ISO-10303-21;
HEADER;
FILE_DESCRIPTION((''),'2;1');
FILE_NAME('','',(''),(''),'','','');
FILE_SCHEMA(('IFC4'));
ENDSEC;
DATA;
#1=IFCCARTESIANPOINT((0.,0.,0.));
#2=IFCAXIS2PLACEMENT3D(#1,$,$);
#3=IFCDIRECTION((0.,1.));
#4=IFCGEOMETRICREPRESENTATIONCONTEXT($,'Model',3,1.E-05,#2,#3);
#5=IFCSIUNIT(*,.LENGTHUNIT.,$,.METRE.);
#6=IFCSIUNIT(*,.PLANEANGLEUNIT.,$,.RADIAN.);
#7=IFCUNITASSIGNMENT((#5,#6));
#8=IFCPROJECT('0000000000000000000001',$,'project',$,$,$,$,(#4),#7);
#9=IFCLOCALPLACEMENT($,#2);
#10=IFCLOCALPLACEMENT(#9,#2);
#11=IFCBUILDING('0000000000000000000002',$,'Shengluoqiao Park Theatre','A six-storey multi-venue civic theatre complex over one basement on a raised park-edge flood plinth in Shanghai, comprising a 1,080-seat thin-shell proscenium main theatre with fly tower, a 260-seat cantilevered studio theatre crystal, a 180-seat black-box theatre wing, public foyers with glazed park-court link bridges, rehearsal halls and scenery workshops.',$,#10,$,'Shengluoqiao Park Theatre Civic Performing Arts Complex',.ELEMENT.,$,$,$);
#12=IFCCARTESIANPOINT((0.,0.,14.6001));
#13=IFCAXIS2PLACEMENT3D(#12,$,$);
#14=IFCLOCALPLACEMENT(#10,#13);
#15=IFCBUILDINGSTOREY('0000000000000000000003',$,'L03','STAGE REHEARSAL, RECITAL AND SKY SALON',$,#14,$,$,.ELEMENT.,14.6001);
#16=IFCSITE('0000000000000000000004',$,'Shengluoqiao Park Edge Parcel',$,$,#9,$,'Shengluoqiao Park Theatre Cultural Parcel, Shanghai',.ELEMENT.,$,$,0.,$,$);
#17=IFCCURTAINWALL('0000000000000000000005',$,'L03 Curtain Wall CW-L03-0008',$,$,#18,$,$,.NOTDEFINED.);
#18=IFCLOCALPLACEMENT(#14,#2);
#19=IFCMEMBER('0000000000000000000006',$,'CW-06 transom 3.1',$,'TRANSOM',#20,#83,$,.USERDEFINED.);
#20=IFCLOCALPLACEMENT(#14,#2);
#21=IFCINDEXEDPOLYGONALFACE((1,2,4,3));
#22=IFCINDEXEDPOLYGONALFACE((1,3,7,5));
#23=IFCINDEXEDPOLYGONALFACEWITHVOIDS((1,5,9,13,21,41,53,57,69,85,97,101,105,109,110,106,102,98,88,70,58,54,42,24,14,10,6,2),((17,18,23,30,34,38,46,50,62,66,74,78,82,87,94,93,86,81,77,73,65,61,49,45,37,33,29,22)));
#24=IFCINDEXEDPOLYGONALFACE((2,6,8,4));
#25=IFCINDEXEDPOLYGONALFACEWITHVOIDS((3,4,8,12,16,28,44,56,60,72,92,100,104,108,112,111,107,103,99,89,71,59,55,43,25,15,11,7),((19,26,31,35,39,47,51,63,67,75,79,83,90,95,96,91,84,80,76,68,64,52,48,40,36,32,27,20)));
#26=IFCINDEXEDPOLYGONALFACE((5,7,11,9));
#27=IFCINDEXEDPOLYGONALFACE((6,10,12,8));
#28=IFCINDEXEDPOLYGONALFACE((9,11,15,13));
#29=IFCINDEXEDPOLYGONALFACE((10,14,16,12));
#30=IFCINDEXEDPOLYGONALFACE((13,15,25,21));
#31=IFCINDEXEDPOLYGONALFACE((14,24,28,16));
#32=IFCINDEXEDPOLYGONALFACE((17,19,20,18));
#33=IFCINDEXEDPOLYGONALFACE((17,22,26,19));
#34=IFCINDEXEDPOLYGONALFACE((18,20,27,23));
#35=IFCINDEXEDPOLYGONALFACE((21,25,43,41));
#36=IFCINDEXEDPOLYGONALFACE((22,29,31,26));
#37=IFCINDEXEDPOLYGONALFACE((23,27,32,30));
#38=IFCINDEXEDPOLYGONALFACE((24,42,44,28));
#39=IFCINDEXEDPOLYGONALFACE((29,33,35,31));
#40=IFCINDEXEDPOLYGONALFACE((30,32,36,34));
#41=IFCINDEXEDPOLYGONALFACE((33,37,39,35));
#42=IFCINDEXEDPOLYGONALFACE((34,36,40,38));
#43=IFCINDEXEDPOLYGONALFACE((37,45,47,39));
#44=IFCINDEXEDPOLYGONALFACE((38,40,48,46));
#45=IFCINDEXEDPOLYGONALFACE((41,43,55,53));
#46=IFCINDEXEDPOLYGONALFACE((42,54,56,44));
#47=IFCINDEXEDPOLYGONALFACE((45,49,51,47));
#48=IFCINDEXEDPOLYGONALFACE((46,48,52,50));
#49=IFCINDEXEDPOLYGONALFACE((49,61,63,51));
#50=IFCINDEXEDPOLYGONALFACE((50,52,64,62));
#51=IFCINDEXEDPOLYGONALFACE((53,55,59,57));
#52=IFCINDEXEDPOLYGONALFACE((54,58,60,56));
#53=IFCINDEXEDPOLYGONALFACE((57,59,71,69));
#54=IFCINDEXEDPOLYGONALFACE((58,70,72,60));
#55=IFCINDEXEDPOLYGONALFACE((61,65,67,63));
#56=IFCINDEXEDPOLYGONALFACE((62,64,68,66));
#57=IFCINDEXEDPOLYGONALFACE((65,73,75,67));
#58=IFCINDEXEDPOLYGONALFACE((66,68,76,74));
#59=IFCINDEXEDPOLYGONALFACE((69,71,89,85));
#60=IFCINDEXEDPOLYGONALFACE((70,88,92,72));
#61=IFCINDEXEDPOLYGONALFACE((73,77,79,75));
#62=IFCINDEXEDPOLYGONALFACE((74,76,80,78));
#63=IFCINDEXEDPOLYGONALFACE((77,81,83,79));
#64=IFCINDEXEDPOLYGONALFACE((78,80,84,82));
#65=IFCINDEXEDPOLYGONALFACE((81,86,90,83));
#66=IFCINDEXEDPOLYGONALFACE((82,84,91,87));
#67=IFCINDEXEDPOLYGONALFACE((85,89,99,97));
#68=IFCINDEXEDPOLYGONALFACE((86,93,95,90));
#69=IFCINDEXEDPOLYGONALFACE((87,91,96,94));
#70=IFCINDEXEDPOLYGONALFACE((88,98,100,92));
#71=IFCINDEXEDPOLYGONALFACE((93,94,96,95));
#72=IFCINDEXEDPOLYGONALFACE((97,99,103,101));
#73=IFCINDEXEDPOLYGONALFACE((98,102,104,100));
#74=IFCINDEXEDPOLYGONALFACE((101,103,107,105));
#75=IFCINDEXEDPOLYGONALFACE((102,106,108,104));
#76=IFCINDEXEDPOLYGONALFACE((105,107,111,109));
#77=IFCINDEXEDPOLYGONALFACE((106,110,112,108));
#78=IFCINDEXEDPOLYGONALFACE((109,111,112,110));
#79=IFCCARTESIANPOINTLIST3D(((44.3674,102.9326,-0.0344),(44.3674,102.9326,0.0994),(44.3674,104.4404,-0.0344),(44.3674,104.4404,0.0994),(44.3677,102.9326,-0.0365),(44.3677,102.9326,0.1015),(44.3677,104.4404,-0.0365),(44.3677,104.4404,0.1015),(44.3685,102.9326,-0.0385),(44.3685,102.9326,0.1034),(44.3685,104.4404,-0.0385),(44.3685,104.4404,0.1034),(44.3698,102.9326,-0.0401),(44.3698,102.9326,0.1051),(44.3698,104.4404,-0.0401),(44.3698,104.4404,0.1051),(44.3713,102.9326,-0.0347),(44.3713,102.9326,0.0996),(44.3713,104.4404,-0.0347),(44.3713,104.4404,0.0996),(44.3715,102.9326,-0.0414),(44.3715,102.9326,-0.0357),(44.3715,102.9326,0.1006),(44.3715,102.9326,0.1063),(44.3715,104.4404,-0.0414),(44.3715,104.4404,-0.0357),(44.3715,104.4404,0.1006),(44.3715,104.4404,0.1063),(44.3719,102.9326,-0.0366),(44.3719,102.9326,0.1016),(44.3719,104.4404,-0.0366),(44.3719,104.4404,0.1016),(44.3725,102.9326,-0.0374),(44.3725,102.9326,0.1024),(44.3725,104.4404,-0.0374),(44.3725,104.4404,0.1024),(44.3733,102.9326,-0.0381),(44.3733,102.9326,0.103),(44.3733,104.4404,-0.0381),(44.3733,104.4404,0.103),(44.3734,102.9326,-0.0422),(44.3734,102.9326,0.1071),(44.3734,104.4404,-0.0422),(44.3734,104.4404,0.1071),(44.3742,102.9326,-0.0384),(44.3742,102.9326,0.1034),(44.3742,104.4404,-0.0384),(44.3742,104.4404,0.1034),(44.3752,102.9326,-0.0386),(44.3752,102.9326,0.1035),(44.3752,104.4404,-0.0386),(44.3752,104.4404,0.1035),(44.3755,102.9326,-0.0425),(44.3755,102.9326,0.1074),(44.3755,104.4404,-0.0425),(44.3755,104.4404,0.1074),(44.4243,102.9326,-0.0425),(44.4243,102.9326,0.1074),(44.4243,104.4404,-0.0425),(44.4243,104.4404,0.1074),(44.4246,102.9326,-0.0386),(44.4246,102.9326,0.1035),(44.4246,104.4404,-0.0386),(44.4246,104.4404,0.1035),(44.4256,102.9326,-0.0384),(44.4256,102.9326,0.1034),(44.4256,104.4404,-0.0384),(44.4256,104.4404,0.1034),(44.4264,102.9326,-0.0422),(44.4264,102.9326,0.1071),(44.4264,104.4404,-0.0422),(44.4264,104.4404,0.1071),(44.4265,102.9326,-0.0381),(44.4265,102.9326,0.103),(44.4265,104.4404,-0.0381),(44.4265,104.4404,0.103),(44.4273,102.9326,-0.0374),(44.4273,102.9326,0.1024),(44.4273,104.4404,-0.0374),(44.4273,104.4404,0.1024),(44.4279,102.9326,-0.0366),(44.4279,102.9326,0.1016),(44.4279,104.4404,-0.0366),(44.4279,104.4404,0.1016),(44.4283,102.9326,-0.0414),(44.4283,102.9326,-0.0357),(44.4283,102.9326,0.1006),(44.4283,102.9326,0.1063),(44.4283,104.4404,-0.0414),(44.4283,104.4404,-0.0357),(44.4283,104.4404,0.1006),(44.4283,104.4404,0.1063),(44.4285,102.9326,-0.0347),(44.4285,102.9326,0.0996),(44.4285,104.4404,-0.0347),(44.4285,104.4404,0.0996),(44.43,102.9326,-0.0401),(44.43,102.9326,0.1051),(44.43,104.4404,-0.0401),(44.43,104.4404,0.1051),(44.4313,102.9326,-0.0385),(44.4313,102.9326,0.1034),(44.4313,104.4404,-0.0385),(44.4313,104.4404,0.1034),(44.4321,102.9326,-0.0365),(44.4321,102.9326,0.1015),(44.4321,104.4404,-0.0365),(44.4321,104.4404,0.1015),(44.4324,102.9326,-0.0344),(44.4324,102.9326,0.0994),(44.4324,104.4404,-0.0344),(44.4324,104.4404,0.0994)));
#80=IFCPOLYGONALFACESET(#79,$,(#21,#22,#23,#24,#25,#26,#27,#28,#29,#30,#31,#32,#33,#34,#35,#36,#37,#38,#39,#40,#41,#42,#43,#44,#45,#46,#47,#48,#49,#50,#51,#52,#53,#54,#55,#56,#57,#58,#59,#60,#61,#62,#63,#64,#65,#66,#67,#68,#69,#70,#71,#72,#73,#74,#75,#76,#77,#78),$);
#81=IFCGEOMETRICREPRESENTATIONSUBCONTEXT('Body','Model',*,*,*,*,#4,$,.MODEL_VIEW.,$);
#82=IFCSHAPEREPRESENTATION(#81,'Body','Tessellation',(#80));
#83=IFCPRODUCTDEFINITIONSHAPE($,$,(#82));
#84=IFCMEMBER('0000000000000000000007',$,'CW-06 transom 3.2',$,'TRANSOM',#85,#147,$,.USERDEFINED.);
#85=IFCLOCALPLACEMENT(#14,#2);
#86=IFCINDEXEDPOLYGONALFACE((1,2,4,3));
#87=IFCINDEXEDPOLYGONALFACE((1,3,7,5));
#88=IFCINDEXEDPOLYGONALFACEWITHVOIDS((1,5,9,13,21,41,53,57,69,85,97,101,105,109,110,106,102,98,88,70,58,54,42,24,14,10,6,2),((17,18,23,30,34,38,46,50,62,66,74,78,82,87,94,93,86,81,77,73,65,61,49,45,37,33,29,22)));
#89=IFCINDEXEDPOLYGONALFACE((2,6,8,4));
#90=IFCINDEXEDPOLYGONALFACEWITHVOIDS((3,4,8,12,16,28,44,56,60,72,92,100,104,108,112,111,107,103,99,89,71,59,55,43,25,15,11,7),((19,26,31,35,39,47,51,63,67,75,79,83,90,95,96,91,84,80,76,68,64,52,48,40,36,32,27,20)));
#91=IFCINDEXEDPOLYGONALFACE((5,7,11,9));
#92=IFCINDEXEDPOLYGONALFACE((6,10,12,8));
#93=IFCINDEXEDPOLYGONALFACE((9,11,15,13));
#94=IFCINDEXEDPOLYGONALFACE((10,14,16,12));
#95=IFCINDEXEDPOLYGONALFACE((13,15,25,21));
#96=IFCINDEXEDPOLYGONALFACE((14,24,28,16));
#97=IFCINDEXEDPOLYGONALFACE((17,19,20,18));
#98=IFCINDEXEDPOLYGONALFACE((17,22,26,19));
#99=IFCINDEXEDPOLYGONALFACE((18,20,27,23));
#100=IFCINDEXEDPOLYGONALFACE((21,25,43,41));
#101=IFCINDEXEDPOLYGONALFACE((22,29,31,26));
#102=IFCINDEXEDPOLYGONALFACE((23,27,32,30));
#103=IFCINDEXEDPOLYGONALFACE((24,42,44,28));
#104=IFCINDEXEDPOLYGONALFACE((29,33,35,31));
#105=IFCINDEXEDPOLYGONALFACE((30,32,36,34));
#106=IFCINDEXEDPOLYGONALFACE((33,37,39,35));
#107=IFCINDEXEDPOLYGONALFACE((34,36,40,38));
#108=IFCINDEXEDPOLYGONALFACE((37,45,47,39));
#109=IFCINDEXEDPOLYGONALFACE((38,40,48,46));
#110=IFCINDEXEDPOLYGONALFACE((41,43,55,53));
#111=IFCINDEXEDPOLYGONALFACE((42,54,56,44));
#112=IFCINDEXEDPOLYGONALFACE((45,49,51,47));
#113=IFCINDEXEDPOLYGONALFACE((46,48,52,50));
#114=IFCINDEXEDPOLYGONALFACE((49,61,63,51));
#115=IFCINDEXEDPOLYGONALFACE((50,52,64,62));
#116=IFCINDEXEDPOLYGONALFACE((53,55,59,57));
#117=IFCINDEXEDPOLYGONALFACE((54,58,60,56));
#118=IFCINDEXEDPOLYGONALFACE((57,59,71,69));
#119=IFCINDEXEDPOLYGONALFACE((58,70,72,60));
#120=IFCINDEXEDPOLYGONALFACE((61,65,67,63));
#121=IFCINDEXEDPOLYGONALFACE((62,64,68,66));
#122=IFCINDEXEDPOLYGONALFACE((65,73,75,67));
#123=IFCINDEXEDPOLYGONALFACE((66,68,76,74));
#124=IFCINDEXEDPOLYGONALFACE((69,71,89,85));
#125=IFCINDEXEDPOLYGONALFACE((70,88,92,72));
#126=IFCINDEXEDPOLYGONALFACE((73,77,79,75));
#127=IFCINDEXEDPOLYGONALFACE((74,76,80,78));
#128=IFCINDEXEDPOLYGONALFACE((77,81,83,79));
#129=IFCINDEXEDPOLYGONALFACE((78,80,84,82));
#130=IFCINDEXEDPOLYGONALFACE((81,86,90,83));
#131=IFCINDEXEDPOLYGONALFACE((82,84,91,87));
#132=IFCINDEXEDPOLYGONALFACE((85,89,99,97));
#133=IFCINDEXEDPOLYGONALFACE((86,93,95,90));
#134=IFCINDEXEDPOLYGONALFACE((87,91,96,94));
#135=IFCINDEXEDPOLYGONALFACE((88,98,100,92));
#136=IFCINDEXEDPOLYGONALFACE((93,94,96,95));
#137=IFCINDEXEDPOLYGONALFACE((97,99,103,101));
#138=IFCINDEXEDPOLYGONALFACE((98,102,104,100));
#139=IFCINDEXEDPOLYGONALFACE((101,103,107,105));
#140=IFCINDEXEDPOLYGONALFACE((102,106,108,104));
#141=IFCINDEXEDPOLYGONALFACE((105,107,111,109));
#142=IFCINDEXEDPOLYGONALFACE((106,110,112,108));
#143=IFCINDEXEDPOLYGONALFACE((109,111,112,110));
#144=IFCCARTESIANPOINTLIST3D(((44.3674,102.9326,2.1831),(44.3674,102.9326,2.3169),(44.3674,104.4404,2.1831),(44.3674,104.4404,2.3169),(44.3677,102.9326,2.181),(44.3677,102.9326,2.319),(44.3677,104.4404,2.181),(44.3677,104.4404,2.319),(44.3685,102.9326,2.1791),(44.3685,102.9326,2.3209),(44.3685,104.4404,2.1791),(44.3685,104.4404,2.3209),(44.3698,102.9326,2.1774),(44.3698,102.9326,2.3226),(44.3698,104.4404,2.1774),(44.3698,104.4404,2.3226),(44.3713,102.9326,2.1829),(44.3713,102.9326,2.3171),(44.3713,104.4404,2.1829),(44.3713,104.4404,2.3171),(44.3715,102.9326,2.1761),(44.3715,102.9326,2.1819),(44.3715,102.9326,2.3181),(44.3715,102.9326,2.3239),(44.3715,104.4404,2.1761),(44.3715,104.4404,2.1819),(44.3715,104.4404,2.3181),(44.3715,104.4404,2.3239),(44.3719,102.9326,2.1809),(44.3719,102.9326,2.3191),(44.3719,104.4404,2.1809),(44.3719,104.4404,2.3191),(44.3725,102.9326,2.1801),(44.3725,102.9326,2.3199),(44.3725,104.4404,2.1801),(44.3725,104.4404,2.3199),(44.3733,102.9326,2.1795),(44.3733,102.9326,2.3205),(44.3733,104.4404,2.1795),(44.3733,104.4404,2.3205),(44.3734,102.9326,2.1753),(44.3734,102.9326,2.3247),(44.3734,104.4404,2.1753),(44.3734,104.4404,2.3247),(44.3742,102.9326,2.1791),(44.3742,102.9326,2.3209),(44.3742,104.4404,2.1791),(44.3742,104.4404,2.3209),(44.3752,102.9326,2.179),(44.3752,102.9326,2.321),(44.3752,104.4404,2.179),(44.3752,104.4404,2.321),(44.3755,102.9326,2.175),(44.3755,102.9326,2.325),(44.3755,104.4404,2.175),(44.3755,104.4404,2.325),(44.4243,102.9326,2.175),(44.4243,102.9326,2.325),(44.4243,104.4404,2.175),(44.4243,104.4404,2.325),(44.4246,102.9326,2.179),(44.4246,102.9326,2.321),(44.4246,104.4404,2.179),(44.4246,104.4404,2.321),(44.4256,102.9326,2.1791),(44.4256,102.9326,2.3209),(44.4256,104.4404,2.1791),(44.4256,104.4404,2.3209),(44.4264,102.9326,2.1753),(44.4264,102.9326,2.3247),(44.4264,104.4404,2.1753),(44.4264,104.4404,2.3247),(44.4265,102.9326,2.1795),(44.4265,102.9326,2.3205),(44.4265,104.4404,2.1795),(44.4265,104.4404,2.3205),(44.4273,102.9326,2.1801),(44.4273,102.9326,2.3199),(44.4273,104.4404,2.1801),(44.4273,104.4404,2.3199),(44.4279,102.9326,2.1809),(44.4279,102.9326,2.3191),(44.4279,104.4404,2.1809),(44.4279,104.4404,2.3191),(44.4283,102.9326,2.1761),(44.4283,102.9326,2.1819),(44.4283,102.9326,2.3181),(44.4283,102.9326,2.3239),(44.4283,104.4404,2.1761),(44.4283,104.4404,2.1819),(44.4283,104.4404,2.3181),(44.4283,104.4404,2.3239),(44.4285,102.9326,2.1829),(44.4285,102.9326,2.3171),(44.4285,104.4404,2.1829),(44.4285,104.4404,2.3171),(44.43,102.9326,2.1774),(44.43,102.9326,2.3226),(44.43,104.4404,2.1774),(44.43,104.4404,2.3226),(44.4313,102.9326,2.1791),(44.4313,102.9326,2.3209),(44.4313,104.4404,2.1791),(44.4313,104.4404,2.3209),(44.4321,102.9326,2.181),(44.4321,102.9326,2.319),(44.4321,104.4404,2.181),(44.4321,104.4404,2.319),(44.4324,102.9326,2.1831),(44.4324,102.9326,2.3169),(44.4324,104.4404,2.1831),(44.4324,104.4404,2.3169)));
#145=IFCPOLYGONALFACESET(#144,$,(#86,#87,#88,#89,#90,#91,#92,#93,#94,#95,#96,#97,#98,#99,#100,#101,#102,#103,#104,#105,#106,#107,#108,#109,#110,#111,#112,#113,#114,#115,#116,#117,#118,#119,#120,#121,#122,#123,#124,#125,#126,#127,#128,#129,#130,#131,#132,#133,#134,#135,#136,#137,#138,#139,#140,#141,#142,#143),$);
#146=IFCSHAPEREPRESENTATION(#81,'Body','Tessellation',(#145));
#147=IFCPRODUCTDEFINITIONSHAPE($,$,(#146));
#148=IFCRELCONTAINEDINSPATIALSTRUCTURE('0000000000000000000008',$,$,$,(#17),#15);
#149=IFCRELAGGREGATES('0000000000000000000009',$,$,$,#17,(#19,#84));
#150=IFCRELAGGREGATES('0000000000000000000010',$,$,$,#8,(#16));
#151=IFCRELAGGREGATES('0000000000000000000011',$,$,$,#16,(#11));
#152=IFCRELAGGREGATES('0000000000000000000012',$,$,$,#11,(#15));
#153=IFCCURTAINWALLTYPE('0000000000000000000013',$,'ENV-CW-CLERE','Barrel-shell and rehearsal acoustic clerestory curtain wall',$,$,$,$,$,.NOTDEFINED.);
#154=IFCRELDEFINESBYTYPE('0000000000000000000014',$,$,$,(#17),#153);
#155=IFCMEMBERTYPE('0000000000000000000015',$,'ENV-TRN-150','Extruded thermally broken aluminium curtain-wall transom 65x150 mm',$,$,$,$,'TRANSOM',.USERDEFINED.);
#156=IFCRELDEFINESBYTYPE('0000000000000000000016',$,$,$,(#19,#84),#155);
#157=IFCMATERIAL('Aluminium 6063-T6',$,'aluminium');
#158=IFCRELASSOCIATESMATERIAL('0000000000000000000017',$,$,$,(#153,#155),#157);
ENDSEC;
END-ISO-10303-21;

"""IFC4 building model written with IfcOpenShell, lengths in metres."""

from ifc_helpers import new_model, si_unit, direction, frame, origin, origin_2d, place, context, subcontext, project, spatial, hollow_rectangle, extrude, material, material_profile, profile_set, type_object, element, aggregate, save


model = new_model("IFC4")

# Units and contexts
model_context = context("Model", 3, precision=1e-05, world=origin(), true_north=direction((0.0, 1.0)))
body_context = subcontext(model_context, "Body", "Model", "MODEL_VIEW")
ifc_project = project(units=[si_unit("LENGTHUNIT", "METRE"), si_unit("PLANEANGLEUNIT", "RADIAN")], contexts=[model_context])

# Site, building, storey
site_placement = place(None, origin())
site = spatial("IfcSite", under=ifc_project, at=site_placement, Name="Shengluoqiao Park Edge Parcel", LongName="Shengluoqiao Park Theatre Cultural Parcel, Shanghai", CompositionType="ELEMENT", RefElevation=0.0)
building_placement = place(site_placement, origin())
building = spatial("IfcBuilding", under=site, at=building_placement, Name="Shengluoqiao Park Theatre", Description="A six-storey multi-venue civic theatre complex over one basement on a raised park-edge flood plinth in Shanghai, comprising a 1,080-seat thin-shell proscenium main theatre with fly tower, a 260-seat cantilevered studio theatre crystal, a 180-seat black-box theatre wing, public foyers with glazed park-court link bridges, rehearsal halls and scenery workshops.", LongName="Shengluoqiao Park Theatre Civic Performing Arts Complex", CompositionType="ELEMENT")
storey_placement = place(building_placement, frame((0.0, 0.0, 14.6001)))
storey = spatial("IfcBuildingStorey", under=building, at=storey_placement, Name="L03", Description="STAGE REHEARSAL, RECITAL AND SKY SALON", CompositionType="ELEMENT", Elevation=14.6001)

# Curtain wall, members
ifc_material_1 = material(Name="Aluminium 6063-T6", Category="aluminium")
curtain_wall_type = type_object("IfcCurtainWallType", Name="ENV-CW-CLERE", Description="Barrel-shell and rehearsal acoustic clerestory curtain wall", PredefinedType="NOTDEFINED", material=ifc_material_1)
curtain_wall_placement = place(storey_placement, origin())
curtain_wall = element("IfcCurtainWall", 1, at=curtain_wall_placement, inside=storey, type_object=curtain_wall_type, Name="L03 Curtain Wall CW-L03-0008", PredefinedType="NOTDEFINED")
ifc_material_profile_1 = material_profile(ifc_material_1, hollow_rectangle(XDim=0.0649, YDim=0.1499, WallThickness=0.0039, InnerFilletRadius=0.0039, OuterFilletRadius=0.0081, at=origin_2d()), Name="ALU TRANSOM 150x65x4")
ifc_profile_set_1 = profile_set([ifc_material_profile_1], Name="Aluminium 6063-T6")
member_type_1 = type_object("IfcMemberType", Name="ENV-TRN-150", Description="Extruded thermally broken aluminium curtain-wall transom 65x150 mm", ElementType="TRANSOM", PredefinedType="USERDEFINED", material=ifc_profile_set_1)
member_1_placement = place(storey_placement, frame((44.3999, 102.9326, 0.0325), z_axis=(0.0, 1.0, 0.0), x_axis=(-1.0, 0.0, 0.0)))
member_1 = element("IfcMember", 2, at=member_1_placement, type_object=member_type_1, Name="CW-06 transom 3.1", ObjectType="TRANSOM", PredefinedType="USERDEFINED", context=body_context, shape_type="SweptSolid", body=[
    extrude(hollow_rectangle(XDim=0.0649, YDim=0.1499, WallThickness=0.0039, InnerFilletRadius=0.0039, OuterFilletRadius=0.0081, at=origin_2d()), origin(), (0.0, 0.0, 1.0), 1.5078),
])
member_2_placement = place(storey_placement, frame((44.3999, 102.9326, 2.25), z_axis=(0.0, 1.0, 0.0), x_axis=(-1.0, 0.0, 0.0)))
member_2 = element("IfcMember", 3, at=member_2_placement, type_object=member_type_1, Name="CW-06 transom 3.2", ObjectType="TRANSOM", PredefinedType="USERDEFINED", context=body_context, shape_type="SweptSolid", body=[
    extrude(hollow_rectangle(XDim=0.0649, YDim=0.1499, WallThickness=0.0039, InnerFilletRadius=0.0039, OuterFilletRadius=0.0081, at=origin_2d()), origin(), (0.0, 0.0, 1.0), 1.5078),
])

aggregate(curtain_wall, [member_1, member_2])

save(model, "model.ifc")
